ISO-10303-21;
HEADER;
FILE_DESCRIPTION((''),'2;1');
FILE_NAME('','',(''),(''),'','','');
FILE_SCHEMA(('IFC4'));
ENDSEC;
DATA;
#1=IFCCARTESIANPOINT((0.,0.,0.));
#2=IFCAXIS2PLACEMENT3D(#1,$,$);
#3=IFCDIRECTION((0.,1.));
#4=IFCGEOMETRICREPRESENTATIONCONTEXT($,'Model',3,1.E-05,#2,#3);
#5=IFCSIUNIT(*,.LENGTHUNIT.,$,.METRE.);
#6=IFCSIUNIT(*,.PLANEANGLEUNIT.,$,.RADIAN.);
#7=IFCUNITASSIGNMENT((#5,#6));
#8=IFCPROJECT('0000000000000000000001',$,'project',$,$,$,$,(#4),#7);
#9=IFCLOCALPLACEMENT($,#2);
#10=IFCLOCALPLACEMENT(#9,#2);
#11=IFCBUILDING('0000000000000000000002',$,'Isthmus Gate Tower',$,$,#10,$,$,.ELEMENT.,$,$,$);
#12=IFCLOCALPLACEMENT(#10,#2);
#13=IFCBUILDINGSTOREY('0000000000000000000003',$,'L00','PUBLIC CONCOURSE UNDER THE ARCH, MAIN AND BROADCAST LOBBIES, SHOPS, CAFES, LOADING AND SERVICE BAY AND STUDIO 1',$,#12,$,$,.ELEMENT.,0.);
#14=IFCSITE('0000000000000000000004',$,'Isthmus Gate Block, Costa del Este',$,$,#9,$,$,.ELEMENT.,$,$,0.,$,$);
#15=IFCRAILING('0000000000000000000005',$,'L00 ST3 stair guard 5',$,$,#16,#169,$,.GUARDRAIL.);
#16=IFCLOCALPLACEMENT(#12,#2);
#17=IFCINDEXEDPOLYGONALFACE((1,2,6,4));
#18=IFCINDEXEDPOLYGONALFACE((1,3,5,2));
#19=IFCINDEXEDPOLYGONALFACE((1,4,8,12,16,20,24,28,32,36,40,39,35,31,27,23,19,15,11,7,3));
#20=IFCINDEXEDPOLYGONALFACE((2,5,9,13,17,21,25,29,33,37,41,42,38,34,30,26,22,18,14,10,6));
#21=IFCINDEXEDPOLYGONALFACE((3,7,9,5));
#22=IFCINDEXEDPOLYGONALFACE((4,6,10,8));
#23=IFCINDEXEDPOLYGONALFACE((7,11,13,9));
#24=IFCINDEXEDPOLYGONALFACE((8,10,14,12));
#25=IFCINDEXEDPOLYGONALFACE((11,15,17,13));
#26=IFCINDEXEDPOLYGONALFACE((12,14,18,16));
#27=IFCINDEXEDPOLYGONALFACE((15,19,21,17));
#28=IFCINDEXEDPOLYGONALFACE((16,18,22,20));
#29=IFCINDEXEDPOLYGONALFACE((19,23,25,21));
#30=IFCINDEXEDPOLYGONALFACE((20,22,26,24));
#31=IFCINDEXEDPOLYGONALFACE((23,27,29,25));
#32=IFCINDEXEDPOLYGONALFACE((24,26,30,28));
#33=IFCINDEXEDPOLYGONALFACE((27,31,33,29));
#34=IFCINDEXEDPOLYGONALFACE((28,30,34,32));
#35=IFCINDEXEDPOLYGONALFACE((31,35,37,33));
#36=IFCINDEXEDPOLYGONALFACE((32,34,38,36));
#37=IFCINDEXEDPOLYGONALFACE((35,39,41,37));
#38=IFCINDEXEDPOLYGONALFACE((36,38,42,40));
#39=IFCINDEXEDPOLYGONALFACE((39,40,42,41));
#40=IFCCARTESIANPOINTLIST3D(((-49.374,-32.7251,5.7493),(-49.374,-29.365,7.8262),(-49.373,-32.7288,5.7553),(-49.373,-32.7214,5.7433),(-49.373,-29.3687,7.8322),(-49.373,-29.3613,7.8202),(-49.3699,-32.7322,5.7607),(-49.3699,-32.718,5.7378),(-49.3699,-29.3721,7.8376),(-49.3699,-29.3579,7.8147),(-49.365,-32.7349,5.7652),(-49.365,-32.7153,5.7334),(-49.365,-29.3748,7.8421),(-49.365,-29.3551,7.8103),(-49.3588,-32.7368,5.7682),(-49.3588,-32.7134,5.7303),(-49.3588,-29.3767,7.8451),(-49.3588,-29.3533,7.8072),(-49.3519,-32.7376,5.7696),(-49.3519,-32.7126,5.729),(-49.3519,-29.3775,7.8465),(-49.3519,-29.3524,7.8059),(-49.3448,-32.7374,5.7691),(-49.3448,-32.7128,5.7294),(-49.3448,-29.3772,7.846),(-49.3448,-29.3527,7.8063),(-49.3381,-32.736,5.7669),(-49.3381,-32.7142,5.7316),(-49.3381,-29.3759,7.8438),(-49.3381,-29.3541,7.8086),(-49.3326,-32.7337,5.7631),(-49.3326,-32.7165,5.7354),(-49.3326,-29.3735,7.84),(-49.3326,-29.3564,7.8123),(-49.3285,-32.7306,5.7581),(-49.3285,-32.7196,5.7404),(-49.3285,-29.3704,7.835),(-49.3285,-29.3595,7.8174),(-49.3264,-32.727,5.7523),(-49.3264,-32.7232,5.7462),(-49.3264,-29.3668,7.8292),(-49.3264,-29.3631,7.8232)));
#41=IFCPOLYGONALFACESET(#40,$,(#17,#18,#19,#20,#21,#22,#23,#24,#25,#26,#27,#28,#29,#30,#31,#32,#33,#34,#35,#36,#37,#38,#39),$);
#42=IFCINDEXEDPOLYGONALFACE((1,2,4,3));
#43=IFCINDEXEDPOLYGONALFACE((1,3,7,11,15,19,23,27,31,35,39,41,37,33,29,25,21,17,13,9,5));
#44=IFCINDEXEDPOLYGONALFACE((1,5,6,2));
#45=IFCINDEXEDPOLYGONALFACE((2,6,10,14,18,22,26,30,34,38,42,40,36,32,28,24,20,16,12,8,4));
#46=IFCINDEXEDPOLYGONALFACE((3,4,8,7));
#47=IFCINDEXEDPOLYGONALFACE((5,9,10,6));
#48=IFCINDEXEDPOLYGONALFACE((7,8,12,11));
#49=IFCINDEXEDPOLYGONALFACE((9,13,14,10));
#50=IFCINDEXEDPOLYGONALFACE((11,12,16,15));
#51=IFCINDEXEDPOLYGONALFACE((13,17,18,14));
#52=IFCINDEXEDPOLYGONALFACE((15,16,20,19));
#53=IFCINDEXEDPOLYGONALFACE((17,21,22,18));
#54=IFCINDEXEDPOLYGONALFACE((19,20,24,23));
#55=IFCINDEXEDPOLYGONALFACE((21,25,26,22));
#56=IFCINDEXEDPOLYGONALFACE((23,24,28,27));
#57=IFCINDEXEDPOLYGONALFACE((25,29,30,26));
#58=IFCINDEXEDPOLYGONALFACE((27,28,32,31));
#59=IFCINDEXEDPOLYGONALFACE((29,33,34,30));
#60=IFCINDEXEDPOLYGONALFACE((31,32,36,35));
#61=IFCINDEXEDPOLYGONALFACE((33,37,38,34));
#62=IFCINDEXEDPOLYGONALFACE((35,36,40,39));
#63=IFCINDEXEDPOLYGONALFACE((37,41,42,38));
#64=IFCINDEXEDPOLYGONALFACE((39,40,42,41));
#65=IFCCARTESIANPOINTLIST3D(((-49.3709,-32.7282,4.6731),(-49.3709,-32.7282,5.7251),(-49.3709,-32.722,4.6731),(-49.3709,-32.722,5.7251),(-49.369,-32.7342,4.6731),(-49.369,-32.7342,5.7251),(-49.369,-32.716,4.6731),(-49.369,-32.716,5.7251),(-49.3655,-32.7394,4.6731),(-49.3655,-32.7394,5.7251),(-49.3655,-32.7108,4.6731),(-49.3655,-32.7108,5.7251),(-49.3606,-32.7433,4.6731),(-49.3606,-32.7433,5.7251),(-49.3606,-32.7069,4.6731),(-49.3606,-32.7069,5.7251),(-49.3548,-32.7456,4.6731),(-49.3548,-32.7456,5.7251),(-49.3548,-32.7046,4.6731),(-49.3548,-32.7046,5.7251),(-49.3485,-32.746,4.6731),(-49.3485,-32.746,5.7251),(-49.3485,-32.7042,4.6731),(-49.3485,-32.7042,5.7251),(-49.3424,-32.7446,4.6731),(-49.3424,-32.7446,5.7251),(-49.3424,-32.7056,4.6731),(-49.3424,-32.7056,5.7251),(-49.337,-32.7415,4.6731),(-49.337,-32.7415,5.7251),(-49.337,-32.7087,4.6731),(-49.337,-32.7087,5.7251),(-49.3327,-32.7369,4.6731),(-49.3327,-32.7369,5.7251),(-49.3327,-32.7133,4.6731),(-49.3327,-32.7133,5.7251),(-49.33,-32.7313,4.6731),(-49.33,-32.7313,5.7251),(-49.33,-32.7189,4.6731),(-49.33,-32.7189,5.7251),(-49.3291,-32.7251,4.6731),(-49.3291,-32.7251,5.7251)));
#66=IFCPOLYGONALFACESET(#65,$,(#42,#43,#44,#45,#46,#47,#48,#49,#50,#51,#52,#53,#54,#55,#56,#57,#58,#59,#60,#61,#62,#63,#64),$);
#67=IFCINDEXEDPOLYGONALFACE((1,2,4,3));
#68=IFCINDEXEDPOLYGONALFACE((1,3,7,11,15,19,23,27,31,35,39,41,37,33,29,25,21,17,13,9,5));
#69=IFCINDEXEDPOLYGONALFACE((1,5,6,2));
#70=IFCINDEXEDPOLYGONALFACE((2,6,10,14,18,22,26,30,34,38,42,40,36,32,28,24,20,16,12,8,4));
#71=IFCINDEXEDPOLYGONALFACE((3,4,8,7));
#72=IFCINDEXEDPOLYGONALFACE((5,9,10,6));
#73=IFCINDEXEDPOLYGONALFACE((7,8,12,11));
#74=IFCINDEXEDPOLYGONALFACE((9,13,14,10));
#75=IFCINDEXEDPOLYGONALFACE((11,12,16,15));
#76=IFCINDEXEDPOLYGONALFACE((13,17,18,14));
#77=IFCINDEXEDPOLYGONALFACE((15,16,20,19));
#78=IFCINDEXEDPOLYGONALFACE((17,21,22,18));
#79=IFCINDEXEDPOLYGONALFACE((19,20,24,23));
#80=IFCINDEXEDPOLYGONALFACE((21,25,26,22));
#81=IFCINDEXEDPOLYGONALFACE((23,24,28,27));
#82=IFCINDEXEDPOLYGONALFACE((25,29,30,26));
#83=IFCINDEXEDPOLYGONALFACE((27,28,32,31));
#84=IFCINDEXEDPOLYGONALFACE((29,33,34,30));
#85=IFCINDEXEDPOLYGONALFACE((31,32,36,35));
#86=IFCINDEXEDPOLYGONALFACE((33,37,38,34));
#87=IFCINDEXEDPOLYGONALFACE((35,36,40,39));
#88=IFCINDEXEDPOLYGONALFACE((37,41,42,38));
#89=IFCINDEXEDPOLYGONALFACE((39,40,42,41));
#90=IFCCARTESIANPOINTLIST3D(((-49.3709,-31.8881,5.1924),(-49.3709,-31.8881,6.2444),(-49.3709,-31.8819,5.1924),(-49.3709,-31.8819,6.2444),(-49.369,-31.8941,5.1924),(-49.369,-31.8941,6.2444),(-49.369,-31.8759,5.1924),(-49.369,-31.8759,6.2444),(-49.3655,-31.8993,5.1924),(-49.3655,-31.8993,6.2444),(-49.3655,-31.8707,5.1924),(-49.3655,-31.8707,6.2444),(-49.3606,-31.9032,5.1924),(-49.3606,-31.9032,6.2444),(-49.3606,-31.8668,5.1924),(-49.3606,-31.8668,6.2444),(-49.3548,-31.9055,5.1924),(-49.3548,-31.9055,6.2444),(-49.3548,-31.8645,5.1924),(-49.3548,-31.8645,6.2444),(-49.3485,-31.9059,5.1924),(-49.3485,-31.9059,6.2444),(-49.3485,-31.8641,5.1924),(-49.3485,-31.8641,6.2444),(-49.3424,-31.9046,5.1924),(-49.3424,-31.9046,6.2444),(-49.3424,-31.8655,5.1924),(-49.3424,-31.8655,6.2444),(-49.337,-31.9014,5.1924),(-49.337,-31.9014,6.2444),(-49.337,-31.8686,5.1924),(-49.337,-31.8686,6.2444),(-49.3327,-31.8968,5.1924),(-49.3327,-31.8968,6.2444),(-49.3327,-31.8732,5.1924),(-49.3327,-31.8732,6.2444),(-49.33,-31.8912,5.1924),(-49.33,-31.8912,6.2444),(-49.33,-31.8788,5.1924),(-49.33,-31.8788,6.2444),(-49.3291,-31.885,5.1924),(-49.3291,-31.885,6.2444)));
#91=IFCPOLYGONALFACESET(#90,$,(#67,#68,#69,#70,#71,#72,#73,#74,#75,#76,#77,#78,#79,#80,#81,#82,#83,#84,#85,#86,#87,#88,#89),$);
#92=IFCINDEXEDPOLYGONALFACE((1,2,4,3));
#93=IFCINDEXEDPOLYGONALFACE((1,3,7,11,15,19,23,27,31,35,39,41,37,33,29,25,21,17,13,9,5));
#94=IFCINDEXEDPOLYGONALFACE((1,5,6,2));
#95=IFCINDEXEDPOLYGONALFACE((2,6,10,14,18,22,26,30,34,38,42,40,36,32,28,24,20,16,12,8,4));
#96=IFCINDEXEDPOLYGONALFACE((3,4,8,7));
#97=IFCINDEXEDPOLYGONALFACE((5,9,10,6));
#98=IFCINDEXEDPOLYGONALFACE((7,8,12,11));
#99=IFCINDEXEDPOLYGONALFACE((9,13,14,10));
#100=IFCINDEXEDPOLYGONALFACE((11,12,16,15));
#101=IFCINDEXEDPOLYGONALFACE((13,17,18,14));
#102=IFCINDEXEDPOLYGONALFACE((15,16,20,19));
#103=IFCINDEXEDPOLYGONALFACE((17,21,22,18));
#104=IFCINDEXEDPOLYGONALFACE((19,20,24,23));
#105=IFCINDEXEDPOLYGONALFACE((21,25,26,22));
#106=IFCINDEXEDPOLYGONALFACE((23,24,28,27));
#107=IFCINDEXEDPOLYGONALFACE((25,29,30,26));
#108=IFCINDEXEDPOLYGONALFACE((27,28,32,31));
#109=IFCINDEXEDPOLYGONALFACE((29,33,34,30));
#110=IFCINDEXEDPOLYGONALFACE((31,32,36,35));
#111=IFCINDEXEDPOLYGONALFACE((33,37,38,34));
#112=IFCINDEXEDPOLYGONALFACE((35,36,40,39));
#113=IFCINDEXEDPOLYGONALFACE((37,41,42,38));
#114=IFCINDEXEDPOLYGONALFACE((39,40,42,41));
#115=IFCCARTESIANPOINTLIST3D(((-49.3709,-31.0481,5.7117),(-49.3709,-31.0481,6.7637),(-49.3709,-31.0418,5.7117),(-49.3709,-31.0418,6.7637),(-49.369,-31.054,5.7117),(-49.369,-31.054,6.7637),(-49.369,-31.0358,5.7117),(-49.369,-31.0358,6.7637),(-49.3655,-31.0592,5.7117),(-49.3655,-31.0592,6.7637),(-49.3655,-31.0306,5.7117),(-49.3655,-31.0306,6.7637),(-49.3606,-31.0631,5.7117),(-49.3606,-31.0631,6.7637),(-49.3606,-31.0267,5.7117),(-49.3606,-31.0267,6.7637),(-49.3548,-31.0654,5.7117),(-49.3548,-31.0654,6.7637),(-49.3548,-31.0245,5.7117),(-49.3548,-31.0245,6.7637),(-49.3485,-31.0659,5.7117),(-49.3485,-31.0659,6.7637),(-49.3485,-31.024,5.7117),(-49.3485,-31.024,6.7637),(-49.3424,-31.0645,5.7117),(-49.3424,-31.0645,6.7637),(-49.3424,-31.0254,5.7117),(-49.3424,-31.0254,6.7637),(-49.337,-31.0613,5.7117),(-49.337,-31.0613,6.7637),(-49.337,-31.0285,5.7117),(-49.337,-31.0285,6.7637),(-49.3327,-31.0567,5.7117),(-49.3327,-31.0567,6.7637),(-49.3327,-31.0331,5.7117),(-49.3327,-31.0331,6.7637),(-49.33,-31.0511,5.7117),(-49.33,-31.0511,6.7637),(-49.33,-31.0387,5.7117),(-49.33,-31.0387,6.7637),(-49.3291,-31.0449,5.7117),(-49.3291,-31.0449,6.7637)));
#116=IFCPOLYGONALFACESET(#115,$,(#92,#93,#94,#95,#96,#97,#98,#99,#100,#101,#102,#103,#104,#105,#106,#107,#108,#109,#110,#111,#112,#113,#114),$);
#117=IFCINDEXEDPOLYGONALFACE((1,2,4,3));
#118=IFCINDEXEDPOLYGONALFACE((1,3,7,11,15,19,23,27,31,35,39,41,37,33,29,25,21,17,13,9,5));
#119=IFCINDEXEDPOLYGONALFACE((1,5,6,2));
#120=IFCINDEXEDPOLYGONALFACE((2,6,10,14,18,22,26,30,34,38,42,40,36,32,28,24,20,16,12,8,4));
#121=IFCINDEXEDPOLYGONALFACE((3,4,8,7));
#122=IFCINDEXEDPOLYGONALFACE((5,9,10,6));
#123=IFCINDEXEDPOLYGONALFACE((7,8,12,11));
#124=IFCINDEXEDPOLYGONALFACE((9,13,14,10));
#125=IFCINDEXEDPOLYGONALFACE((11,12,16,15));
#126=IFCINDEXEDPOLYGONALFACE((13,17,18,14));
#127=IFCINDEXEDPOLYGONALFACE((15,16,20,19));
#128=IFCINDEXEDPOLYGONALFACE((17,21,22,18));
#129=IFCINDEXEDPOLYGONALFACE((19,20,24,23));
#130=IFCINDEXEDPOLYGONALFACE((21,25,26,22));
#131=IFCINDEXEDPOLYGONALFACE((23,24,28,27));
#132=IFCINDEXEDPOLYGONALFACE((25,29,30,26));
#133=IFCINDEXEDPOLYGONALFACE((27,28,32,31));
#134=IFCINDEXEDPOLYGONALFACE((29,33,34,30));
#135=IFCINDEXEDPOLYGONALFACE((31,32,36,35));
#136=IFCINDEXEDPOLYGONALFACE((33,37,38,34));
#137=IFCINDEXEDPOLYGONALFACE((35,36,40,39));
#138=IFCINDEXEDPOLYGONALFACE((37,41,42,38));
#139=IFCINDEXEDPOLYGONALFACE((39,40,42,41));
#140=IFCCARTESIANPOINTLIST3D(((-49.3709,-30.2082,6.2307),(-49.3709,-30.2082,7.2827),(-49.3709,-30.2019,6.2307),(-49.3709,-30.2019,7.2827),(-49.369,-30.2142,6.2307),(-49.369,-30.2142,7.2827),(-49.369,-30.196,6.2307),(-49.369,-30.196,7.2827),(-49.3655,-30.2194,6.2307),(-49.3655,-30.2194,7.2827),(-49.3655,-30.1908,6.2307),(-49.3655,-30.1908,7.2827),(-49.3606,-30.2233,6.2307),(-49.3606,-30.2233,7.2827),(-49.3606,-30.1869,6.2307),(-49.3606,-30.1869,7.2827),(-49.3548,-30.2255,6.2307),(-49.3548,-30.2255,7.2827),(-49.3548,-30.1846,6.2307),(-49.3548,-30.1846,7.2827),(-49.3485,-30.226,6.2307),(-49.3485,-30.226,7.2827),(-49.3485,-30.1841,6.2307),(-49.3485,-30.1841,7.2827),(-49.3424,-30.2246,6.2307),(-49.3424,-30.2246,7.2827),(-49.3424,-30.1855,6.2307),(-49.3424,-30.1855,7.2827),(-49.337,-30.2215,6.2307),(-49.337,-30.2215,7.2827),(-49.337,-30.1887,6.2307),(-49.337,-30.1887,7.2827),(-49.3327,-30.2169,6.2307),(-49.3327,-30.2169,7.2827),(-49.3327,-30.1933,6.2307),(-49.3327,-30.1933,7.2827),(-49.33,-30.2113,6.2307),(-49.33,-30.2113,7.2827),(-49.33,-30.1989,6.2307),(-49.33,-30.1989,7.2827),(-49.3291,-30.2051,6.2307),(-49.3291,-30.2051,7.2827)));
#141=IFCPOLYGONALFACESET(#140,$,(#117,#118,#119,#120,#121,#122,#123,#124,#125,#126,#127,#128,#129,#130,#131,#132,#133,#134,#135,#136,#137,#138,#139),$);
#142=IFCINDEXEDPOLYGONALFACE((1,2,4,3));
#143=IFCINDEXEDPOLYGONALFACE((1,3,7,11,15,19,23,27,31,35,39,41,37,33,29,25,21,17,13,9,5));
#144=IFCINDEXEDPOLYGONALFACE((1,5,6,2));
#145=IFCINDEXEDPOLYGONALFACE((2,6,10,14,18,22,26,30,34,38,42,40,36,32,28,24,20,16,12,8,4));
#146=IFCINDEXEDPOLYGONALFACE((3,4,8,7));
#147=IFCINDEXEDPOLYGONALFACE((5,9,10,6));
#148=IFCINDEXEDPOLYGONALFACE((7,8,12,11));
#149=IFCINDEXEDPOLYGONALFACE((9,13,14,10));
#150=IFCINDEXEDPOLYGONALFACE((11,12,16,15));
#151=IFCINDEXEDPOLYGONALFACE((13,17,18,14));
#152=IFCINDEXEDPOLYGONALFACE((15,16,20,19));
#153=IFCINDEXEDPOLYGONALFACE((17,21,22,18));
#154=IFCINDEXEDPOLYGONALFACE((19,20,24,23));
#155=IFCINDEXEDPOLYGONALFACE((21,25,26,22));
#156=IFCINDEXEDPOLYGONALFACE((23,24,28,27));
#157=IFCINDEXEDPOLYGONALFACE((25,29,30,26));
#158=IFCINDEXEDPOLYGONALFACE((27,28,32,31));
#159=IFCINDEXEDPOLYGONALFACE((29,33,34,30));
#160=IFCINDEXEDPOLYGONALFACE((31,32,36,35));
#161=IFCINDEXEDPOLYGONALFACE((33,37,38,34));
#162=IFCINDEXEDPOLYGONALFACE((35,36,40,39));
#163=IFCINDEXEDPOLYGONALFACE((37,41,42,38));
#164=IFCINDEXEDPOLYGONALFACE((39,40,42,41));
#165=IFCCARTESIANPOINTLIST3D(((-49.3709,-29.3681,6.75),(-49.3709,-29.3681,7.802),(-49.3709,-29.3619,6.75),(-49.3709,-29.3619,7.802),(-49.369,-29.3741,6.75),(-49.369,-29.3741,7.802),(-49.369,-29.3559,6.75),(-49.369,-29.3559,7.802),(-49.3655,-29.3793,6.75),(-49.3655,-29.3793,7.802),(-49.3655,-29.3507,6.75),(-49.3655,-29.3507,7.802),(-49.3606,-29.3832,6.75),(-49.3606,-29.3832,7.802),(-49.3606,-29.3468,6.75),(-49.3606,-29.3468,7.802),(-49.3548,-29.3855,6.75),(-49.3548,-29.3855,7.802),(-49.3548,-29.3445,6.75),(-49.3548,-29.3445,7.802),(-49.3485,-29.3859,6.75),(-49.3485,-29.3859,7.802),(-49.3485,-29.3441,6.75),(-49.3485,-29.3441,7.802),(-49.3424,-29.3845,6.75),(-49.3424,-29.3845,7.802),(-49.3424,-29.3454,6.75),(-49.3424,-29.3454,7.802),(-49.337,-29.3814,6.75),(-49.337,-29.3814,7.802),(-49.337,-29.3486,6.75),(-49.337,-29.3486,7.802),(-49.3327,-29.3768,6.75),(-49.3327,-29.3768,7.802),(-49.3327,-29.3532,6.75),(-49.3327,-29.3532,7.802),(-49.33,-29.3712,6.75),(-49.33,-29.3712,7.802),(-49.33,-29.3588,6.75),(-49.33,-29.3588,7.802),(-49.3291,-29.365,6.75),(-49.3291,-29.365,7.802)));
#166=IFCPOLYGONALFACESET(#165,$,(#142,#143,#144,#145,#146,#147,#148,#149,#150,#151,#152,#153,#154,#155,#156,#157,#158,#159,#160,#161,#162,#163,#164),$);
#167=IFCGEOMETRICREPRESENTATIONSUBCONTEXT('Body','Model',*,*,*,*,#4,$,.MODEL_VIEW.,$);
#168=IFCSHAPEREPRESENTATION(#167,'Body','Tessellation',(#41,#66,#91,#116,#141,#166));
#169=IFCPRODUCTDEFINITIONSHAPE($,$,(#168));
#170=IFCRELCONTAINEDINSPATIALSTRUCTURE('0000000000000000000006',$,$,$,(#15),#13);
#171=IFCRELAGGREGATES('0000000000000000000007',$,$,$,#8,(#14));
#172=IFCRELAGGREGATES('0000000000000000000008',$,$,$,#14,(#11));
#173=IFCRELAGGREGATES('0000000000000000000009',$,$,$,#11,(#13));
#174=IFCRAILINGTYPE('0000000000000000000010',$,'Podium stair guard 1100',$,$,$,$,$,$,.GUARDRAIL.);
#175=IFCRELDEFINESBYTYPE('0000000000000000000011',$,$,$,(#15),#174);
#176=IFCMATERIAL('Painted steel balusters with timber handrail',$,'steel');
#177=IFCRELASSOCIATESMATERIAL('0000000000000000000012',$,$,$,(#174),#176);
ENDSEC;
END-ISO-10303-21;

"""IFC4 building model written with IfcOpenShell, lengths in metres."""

from ifc_helpers import new_model, si_unit, direction, frame, origin, origin_2d, place, context, subcontext, project, spatial, circle, extrude, material, type_object, element, save


model = new_model("IFC4")

# Units and contexts
model_context = context("Model", 3, precision=1e-05, world=origin(), true_north=direction((0.0, 1.0)))
body_context = subcontext(model_context, "Body", "Model", "MODEL_VIEW")
ifc_project = project(units=[si_unit("LENGTHUNIT", "METRE"), si_unit("PLANEANGLEUNIT", "RADIAN")], contexts=[model_context])

# Site, building, storey
site_placement = place(None, origin())
site = spatial("IfcSite", under=ifc_project, at=site_placement, Name="Isthmus Gate Block, Costa del Este", CompositionType="ELEMENT", RefElevation=0.0)
building_placement = place(site_placement, origin())
building = spatial("IfcBuilding", under=site, at=building_placement, Name="Isthmus Gate Tower", CompositionType="ELEMENT")
storey_placement = place(building_placement, origin())
storey = spatial("IfcBuildingStorey", under=building, at=storey_placement, Name="L00", Description="PUBLIC CONCOURSE UNDER THE ARCH, MAIN AND BROADCAST LOBBIES, SHOPS, CAFES, LOADING AND SERVICE BAY AND STUDIO 1", CompositionType="ELEMENT", Elevation=0.0)

# Railing
ifc_material_1 = material(Name="Painted steel balusters with timber handrail", Category="steel")
railing_type_1 = type_object("IfcRailingType", Name="Podium stair guard 1100", PredefinedType="GUARDRAIL", material=ifc_material_1)
railing_1_placement = place(storey_placement, frame((-49.3501, -32.7251, 4.6731)))
element("IfcRailing", 1, at=railing_1_placement, inside=storey, type_object=railing_type_1, Name="L00 ST3 stair guard 5", PredefinedType="GUARDRAIL", context=body_context, shape_type="SweptSolid", body=[
    extrude(circle(Radius=0.0239, at=origin_2d()), frame((0.0, 0.0, 1.0762), z_axis=(0.0, 0.850623, 0.525776), x_axis=(-1.0, 0.0, 0.0)), (0.0, 0.0, 1.0), 3.9502),
    extrude(circle(Radius=0.021, at=origin_2d()), origin(), (0.0, 0.0, 1.0), 1.052),
    extrude(circle(Radius=0.021, at=origin_2d()), frame((0.0, 0.8401, 0.5193)), (0.0, 0.0, 1.0), 1.052),
    extrude(circle(Radius=0.021, at=origin_2d()), frame((0.0, 1.6802, 1.0386)), (0.0, 0.0, 1.0), 1.052),
    extrude(circle(Radius=0.021, at=origin_2d()), frame((0.0, 2.52, 1.5576)), (0.0, 0.0, 1.0), 1.052),
    extrude(circle(Radius=0.021, at=origin_2d()), frame((0.0, 3.3601, 2.0769)), (0.0, 0.0, 1.0), 1.052),
])

save(model, "model.ifc")
